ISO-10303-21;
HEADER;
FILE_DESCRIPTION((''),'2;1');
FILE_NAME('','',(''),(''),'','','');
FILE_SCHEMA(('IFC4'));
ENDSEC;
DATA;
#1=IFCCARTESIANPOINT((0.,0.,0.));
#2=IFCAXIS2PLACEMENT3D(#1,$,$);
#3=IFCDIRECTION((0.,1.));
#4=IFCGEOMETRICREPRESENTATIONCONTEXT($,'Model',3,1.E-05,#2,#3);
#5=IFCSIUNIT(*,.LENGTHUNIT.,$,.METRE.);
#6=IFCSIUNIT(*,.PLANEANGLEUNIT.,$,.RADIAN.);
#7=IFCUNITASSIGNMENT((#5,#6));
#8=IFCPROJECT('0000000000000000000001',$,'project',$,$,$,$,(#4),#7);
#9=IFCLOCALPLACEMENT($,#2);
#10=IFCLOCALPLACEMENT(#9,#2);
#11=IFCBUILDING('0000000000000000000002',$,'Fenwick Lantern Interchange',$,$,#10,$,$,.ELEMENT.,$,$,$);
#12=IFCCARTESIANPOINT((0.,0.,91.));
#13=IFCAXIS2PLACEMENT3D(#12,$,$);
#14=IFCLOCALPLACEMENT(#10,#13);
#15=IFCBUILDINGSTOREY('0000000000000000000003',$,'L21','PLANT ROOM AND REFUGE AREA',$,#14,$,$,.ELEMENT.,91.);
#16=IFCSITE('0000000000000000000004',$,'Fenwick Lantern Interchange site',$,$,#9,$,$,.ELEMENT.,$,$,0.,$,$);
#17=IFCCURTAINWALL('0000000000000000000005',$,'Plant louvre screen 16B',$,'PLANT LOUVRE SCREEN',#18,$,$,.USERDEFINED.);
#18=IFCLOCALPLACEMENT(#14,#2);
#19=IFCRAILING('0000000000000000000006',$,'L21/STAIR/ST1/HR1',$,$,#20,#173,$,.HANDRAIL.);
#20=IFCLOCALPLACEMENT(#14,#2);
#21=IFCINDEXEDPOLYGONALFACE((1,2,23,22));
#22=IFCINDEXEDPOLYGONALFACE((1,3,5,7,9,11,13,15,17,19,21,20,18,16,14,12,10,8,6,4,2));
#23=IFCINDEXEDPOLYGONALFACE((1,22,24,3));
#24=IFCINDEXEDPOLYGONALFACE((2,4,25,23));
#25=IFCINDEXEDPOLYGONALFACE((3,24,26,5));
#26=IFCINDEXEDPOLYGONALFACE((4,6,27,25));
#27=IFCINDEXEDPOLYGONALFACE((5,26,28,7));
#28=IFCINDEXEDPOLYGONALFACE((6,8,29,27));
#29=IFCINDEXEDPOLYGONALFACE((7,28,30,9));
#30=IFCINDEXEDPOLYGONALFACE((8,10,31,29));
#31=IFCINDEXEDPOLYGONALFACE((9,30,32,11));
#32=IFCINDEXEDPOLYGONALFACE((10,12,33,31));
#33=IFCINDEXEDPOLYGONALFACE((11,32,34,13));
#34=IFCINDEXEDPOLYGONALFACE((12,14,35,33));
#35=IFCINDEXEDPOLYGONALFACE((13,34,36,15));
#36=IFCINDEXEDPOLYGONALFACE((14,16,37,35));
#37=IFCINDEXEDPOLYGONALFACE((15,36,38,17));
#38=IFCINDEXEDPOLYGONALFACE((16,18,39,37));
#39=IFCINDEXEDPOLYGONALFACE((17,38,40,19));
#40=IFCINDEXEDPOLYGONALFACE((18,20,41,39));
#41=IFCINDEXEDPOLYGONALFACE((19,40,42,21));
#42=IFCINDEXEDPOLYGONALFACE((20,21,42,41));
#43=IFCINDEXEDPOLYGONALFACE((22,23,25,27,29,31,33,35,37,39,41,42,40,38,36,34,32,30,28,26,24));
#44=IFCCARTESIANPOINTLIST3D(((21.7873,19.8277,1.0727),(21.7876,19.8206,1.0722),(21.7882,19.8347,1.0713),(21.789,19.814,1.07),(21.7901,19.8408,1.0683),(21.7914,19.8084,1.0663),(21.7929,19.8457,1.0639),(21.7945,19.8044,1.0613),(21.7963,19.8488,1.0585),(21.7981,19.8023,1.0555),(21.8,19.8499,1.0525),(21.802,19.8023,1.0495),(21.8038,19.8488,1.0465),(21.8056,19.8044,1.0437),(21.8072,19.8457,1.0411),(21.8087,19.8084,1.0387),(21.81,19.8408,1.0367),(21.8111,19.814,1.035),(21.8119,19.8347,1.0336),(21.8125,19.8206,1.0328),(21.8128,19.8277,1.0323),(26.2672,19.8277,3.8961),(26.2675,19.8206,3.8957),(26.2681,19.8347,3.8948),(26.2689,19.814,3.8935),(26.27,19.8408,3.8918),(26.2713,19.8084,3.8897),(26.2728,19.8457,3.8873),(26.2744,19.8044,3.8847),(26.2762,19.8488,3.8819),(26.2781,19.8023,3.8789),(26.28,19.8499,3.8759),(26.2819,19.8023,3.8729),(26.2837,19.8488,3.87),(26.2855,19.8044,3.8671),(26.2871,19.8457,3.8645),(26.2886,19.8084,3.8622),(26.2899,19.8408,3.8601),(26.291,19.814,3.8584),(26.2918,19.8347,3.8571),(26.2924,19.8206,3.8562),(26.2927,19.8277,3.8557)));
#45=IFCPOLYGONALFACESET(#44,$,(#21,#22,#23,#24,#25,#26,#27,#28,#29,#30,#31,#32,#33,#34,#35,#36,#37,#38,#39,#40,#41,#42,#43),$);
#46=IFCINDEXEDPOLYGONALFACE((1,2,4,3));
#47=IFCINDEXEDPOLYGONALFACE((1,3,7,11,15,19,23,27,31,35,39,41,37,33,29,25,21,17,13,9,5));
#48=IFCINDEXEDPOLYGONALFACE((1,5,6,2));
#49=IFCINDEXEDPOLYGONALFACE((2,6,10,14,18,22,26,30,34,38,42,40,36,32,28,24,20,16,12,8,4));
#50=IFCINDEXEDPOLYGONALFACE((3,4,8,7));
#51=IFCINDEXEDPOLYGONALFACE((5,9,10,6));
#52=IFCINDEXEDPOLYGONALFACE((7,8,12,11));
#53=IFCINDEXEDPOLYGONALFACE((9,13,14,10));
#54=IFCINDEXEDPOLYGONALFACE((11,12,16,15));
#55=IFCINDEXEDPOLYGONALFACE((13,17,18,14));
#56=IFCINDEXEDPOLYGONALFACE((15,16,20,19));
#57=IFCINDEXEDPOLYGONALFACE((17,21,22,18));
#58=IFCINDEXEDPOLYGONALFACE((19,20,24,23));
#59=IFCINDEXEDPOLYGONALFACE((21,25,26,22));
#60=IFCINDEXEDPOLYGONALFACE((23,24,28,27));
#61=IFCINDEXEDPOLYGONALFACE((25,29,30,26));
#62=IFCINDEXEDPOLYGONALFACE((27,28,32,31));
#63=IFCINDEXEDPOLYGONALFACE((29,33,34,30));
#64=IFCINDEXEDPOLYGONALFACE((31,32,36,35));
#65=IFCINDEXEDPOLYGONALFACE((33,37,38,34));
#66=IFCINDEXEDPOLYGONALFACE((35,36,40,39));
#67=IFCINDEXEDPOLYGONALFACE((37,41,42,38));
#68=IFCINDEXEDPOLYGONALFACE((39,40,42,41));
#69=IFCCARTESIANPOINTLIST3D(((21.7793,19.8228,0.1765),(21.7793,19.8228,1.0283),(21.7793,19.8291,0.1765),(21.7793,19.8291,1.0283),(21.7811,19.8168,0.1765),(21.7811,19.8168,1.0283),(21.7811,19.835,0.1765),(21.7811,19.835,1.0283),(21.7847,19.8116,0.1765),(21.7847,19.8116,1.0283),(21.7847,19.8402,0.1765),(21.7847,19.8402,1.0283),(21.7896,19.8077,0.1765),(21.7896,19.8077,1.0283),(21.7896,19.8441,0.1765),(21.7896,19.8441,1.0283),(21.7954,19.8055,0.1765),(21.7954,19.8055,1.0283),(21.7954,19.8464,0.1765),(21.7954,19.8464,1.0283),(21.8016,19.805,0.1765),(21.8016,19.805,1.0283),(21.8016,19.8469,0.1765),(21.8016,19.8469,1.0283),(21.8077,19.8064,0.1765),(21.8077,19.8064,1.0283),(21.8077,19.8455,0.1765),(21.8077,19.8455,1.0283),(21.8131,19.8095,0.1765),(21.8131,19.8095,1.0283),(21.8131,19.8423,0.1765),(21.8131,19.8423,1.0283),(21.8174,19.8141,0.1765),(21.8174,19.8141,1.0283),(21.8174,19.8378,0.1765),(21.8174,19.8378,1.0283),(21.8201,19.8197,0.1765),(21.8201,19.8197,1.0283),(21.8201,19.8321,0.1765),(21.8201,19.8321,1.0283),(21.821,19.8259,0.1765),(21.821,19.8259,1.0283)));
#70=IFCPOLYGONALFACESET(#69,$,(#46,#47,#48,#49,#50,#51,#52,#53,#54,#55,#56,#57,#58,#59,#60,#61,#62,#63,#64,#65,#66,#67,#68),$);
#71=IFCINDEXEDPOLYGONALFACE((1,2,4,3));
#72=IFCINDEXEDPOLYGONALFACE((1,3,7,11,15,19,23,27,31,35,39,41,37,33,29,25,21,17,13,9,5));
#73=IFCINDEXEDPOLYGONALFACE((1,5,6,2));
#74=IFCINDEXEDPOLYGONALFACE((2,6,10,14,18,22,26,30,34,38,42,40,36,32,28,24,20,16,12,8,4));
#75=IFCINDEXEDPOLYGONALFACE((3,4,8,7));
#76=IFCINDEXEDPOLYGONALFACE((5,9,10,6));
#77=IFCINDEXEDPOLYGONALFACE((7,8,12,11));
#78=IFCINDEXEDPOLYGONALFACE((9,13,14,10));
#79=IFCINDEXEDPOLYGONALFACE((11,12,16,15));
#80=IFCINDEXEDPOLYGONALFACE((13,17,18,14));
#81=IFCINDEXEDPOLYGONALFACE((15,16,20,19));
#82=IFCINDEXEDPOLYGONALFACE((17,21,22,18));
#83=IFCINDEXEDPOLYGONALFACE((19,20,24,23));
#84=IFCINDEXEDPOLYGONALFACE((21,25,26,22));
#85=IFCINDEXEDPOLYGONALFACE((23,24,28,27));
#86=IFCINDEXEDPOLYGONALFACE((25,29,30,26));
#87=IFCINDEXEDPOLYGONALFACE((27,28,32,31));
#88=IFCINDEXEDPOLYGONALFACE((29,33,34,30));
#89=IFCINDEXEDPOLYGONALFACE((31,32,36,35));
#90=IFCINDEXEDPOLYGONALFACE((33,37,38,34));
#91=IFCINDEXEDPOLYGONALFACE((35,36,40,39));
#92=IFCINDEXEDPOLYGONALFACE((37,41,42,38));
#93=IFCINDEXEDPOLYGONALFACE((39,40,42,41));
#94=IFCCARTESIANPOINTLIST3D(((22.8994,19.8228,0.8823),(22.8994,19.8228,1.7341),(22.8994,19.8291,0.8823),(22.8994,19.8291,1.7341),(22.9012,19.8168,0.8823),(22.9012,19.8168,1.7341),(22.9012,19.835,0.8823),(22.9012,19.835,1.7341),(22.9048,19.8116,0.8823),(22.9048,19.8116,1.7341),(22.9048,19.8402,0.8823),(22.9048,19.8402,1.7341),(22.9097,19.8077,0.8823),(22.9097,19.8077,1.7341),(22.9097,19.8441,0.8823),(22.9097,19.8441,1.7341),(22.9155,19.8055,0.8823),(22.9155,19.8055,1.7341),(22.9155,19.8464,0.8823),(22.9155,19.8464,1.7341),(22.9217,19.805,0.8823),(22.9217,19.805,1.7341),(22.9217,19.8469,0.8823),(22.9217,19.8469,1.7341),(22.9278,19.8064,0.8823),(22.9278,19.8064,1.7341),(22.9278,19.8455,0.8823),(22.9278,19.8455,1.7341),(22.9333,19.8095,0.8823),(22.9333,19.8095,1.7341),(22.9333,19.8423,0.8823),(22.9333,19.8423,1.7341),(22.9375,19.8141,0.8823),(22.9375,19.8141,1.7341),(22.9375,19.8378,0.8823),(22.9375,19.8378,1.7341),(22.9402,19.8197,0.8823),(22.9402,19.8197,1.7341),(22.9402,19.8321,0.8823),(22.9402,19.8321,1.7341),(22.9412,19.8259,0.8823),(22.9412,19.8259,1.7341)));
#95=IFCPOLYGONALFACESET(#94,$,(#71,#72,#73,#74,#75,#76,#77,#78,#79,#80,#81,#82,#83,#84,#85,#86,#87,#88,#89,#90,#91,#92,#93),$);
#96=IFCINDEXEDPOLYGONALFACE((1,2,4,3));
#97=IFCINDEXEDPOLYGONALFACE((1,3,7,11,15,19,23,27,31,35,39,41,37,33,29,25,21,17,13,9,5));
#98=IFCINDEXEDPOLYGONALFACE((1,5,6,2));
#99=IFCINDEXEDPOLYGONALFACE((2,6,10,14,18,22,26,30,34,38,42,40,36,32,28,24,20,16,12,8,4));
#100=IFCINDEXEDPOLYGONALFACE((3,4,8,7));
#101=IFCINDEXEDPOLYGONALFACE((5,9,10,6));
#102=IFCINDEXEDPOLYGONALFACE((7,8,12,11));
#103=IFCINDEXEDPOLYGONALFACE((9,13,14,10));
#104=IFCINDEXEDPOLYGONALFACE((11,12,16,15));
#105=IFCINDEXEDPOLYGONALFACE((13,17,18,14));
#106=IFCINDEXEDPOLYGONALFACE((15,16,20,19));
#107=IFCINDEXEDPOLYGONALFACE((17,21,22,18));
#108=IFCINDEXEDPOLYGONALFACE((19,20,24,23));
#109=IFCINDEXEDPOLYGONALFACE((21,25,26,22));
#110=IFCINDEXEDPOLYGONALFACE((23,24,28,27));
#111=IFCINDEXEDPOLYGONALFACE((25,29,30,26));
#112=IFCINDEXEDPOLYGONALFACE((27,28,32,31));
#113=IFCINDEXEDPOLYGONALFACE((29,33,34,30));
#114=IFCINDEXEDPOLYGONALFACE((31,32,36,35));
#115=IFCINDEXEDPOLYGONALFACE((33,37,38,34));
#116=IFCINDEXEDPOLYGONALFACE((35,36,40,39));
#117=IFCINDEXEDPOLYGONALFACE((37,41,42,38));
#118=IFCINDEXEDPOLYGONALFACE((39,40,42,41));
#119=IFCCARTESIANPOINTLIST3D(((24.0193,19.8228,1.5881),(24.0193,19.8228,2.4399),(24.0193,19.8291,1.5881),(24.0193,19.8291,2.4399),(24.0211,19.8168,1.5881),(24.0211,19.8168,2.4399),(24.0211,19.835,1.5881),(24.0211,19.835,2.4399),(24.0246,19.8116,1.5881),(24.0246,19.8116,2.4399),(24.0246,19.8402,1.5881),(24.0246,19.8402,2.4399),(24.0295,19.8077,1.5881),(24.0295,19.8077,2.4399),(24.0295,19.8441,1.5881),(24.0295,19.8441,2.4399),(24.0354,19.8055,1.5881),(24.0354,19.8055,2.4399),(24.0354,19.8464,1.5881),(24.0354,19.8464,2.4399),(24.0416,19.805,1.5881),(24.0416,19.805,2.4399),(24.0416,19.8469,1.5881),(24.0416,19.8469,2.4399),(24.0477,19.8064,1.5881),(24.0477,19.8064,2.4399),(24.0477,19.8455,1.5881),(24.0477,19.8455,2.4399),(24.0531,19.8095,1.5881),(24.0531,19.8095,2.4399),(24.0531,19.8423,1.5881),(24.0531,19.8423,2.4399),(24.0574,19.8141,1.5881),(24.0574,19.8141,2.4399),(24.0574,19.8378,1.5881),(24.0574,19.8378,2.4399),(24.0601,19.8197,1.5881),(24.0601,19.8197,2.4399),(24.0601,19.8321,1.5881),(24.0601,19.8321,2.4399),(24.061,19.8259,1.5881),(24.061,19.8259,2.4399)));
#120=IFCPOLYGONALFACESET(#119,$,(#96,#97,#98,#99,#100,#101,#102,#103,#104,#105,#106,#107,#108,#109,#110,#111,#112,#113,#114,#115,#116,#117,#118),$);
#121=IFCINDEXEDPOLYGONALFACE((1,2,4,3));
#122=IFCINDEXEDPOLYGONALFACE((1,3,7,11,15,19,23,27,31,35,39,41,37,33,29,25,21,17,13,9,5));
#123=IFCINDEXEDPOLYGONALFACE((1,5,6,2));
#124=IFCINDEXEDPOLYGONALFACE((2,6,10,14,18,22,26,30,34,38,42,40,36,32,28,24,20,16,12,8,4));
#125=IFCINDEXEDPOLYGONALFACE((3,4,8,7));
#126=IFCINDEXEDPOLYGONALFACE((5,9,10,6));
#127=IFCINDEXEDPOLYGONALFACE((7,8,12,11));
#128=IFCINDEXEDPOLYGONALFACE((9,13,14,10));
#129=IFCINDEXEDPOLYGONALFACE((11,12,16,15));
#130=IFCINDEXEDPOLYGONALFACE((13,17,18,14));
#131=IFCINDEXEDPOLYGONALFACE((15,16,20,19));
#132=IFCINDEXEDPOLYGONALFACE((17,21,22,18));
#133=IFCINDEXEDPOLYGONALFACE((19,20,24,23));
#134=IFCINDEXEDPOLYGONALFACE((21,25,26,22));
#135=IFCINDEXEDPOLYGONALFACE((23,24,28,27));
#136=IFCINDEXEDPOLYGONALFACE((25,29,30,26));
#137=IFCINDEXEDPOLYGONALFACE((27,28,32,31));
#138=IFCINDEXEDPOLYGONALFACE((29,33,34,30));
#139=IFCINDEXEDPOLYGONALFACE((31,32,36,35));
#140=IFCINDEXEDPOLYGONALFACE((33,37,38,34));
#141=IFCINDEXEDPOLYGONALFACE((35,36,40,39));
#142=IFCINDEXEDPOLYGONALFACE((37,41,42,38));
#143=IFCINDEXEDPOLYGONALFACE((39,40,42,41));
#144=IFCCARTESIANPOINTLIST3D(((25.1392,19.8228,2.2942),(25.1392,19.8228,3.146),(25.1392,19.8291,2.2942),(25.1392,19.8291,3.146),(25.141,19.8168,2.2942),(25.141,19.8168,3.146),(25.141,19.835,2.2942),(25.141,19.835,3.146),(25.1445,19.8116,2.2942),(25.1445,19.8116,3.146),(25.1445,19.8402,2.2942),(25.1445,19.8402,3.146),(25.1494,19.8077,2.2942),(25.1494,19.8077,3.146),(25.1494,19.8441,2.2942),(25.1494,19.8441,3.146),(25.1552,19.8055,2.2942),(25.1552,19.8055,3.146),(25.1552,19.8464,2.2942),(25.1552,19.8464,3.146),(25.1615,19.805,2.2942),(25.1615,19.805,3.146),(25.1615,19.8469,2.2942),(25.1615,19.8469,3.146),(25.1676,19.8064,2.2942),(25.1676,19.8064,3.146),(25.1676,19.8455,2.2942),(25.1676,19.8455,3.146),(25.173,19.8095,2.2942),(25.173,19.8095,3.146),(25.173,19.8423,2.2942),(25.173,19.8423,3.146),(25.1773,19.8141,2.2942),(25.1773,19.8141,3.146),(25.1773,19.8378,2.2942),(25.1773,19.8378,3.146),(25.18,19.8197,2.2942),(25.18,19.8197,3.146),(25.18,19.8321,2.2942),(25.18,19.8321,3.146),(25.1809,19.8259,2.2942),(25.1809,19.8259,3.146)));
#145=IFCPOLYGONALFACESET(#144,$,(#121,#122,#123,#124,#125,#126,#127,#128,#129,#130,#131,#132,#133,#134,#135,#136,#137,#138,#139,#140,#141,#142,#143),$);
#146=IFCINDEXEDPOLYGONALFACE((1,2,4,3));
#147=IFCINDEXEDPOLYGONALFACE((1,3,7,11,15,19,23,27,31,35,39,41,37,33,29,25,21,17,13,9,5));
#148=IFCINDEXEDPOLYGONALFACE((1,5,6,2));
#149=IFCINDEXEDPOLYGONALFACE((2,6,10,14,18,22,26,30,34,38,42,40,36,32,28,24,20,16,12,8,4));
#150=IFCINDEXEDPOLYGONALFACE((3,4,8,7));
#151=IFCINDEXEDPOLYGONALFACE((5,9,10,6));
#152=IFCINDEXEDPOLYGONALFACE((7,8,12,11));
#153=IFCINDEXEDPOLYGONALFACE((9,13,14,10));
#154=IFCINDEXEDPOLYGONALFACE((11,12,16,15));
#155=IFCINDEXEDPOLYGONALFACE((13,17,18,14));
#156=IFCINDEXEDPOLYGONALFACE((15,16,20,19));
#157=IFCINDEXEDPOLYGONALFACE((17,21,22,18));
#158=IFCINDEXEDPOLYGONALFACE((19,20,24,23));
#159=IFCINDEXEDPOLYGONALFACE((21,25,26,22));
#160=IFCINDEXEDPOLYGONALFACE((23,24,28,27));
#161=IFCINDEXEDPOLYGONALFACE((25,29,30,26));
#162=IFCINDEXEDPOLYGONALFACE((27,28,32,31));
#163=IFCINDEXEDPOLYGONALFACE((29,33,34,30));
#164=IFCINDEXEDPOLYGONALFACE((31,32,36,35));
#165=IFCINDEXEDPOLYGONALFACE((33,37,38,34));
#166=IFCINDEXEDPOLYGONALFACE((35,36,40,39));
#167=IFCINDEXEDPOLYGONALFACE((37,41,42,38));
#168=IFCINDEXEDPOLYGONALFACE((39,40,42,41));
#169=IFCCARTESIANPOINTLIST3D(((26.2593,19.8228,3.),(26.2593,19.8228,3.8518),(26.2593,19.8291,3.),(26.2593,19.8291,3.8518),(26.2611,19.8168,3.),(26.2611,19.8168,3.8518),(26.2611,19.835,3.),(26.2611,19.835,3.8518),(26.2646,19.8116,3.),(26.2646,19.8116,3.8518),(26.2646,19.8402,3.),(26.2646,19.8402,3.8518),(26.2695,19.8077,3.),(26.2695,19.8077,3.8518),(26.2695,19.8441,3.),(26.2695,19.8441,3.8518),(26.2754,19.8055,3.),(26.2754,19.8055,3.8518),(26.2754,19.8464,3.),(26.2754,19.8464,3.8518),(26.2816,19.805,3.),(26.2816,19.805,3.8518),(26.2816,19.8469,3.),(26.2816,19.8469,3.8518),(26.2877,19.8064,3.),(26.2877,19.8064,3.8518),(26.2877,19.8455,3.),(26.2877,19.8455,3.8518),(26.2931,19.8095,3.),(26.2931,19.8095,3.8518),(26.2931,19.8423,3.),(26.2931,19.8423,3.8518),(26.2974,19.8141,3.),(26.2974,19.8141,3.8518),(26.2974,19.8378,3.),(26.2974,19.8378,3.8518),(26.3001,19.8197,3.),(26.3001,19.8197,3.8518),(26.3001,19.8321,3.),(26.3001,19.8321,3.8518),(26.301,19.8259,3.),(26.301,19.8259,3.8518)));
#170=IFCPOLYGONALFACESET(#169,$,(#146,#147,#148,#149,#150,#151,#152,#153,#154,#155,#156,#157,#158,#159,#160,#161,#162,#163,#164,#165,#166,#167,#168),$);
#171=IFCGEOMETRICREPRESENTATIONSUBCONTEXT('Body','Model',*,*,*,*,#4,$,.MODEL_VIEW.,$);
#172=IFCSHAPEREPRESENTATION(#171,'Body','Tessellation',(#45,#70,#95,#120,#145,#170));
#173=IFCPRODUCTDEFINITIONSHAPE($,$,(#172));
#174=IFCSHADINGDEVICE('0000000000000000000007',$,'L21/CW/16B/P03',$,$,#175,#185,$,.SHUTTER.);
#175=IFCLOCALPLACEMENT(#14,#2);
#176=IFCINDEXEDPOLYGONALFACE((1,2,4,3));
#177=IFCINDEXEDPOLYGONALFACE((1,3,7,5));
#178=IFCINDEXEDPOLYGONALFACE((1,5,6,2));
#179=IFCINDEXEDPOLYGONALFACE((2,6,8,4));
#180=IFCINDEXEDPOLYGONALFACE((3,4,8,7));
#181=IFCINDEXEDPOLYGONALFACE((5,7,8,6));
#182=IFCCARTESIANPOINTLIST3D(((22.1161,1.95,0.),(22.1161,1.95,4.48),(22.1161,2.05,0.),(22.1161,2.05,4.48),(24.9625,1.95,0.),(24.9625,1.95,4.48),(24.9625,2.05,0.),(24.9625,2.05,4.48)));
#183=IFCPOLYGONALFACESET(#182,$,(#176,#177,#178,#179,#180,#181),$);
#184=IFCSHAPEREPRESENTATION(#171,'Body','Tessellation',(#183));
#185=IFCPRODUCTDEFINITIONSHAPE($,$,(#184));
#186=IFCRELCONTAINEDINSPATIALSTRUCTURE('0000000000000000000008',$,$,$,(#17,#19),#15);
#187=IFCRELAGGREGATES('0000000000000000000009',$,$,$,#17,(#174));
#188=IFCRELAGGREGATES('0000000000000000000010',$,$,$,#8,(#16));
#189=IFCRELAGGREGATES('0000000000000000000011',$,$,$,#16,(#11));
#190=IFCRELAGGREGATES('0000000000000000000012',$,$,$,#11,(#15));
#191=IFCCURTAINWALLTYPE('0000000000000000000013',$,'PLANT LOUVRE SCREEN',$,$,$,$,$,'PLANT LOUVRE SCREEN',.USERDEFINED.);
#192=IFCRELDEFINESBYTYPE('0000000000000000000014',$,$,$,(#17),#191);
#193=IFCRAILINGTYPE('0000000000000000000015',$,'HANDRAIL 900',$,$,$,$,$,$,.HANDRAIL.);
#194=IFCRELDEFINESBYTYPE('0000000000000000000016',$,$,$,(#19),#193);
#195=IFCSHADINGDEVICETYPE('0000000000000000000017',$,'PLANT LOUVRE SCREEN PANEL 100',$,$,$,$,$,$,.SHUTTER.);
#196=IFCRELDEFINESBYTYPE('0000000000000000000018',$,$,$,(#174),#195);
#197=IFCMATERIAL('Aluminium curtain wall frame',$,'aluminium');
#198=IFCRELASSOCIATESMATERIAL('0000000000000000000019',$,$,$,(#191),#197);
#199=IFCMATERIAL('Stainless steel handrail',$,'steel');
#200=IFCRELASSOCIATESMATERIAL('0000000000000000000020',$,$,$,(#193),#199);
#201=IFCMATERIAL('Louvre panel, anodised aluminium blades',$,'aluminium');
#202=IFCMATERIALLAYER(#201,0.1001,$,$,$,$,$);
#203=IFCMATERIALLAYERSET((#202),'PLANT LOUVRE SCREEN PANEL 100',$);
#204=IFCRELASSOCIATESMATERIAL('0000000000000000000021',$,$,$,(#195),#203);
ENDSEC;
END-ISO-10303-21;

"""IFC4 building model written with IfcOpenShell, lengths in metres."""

from ifc_helpers import new_model, si_unit, direction, frame, origin, origin_2d, place, context, subcontext, project, spatial, rectangle, circle, extrude, material, layer, layer_set, type_object, element, aggregate, save


model = new_model("IFC4")

# Units and contexts
model_context = context("Model", 3, precision=1e-05, world=origin(), true_north=direction((0.0, 1.0)))
body_context = subcontext(model_context, "Body", "Model", "MODEL_VIEW")
ifc_project = project(units=[si_unit("LENGTHUNIT", "METRE"), si_unit("PLANEANGLEUNIT", "RADIAN")], contexts=[model_context])

# Site, building, storey
site_placement = place(None, origin())
site = spatial("IfcSite", under=ifc_project, at=site_placement, Name="Fenwick Lantern Interchange site", CompositionType="ELEMENT", RefElevation=0.0)
building_placement = place(site_placement, origin())
building = spatial("IfcBuilding", under=site, at=building_placement, Name="Fenwick Lantern Interchange", CompositionType="ELEMENT")
storey_placement = place(building_placement, frame((0.0, 0.0, 91.0)))
storey = spatial("IfcBuildingStorey", under=building, at=storey_placement, Name="L21", Description="PLANT ROOM AND REFUGE AREA", CompositionType="ELEMENT", Elevation=91.0)

# Curtain wall
ifc_material_1 = material(Name="Aluminium curtain wall frame", Category="aluminium")
curtain_wall_type = type_object("IfcCurtainWallType", Name="PLANT LOUVRE SCREEN", ElementType="PLANT LOUVRE SCREEN", PredefinedType="USERDEFINED", material=ifc_material_1)
curtain_wall_placement = place(storey_placement, origin())
curtain_wall = element("IfcCurtainWall", 1, at=curtain_wall_placement, inside=storey, type_object=curtain_wall_type, Name="Plant louvre screen 16B", ObjectType="PLANT LOUVRE SCREEN", PredefinedType="USERDEFINED")

# Railing
ifc_material_2 = material(Name="Stainless steel handrail", Category="steel")
railing_type = type_object("IfcRailingType", Name="HANDRAIL 900", PredefinedType="HANDRAIL", material=ifc_material_2)
railing_placement = place(storey_placement, frame((21.8, 19.8259, 0.1765)))
element("IfcRailing", 2, at=railing_placement, inside=storey, type_object=railing_type, Name="L21/STAIR/ST1/HR1", PredefinedType="HANDRAIL", context=body_context, shape_type="SweptSolid", body=[
    extrude(circle(Radius=0.0239, at=origin_2d()), frame((0.0, 0.0, 0.876), z_axis=(0.845998, 0.0, 0.533186), x_axis=(0.0, 1.0, 0.0)), (0.0, 0.0, 1.0), 5.2954),
    extrude(circle(Radius=0.021, at=origin_2d()), origin(), (0.0, 0.0, 1.0), 0.8518),
    extrude(circle(Radius=0.021, at=origin_2d()), frame((1.1201, 0.0, 0.7058)), (0.0, 0.0, 1.0), 0.8518),
    extrude(circle(Radius=0.021, at=origin_2d()), frame((2.24, 0.0, 1.4116)), (0.0, 0.0, 1.0), 0.8518),
    extrude(circle(Radius=0.021, at=origin_2d()), frame((3.3599, 0.0, 2.1177)), (0.0, 0.0, 1.0), 0.8518),
    extrude(circle(Radius=0.021, at=origin_2d()), frame((4.48, 0.0, 2.8235)), (0.0, 0.0, 1.0), 0.8518),
])

# Shading device
ifc_material_3 = material(Name="Louvre panel, anodised aluminium blades", Category="aluminium")
ifc_layer_1 = layer(ifc_material_3, 0.1001)
ifc_layer_set_1 = layer_set([ifc_layer_1], Name="PLANT LOUVRE SCREEN PANEL 100")
shading_device_type = type_object("IfcShadingDeviceType", Name="PLANT LOUVRE SCREEN PANEL 100", PredefinedType="SHUTTER", material=ifc_layer_set_1)
shading_device_placement = place(storey_placement, frame((23.5393, 2.0, 0.0), z_axis=(0.0, 0.0, 1.0), x_axis=(1.0, 0.0, 0.0)))
shading_device = element("IfcShadingDevice", 3, at=shading_device_placement, type_object=shading_device_type, Name="L21/CW/16B/P03", PredefinedType="SHUTTER", context=body_context, shape_type="SweptSolid", body=[
    extrude(rectangle(XDim=2.8464, YDim=0.1001, at=origin_2d()), origin(), (0.0, 0.0, 1.0), 4.48),
])
aggregate(curtain_wall, [shading_device])

save(model, "model.ifc")
